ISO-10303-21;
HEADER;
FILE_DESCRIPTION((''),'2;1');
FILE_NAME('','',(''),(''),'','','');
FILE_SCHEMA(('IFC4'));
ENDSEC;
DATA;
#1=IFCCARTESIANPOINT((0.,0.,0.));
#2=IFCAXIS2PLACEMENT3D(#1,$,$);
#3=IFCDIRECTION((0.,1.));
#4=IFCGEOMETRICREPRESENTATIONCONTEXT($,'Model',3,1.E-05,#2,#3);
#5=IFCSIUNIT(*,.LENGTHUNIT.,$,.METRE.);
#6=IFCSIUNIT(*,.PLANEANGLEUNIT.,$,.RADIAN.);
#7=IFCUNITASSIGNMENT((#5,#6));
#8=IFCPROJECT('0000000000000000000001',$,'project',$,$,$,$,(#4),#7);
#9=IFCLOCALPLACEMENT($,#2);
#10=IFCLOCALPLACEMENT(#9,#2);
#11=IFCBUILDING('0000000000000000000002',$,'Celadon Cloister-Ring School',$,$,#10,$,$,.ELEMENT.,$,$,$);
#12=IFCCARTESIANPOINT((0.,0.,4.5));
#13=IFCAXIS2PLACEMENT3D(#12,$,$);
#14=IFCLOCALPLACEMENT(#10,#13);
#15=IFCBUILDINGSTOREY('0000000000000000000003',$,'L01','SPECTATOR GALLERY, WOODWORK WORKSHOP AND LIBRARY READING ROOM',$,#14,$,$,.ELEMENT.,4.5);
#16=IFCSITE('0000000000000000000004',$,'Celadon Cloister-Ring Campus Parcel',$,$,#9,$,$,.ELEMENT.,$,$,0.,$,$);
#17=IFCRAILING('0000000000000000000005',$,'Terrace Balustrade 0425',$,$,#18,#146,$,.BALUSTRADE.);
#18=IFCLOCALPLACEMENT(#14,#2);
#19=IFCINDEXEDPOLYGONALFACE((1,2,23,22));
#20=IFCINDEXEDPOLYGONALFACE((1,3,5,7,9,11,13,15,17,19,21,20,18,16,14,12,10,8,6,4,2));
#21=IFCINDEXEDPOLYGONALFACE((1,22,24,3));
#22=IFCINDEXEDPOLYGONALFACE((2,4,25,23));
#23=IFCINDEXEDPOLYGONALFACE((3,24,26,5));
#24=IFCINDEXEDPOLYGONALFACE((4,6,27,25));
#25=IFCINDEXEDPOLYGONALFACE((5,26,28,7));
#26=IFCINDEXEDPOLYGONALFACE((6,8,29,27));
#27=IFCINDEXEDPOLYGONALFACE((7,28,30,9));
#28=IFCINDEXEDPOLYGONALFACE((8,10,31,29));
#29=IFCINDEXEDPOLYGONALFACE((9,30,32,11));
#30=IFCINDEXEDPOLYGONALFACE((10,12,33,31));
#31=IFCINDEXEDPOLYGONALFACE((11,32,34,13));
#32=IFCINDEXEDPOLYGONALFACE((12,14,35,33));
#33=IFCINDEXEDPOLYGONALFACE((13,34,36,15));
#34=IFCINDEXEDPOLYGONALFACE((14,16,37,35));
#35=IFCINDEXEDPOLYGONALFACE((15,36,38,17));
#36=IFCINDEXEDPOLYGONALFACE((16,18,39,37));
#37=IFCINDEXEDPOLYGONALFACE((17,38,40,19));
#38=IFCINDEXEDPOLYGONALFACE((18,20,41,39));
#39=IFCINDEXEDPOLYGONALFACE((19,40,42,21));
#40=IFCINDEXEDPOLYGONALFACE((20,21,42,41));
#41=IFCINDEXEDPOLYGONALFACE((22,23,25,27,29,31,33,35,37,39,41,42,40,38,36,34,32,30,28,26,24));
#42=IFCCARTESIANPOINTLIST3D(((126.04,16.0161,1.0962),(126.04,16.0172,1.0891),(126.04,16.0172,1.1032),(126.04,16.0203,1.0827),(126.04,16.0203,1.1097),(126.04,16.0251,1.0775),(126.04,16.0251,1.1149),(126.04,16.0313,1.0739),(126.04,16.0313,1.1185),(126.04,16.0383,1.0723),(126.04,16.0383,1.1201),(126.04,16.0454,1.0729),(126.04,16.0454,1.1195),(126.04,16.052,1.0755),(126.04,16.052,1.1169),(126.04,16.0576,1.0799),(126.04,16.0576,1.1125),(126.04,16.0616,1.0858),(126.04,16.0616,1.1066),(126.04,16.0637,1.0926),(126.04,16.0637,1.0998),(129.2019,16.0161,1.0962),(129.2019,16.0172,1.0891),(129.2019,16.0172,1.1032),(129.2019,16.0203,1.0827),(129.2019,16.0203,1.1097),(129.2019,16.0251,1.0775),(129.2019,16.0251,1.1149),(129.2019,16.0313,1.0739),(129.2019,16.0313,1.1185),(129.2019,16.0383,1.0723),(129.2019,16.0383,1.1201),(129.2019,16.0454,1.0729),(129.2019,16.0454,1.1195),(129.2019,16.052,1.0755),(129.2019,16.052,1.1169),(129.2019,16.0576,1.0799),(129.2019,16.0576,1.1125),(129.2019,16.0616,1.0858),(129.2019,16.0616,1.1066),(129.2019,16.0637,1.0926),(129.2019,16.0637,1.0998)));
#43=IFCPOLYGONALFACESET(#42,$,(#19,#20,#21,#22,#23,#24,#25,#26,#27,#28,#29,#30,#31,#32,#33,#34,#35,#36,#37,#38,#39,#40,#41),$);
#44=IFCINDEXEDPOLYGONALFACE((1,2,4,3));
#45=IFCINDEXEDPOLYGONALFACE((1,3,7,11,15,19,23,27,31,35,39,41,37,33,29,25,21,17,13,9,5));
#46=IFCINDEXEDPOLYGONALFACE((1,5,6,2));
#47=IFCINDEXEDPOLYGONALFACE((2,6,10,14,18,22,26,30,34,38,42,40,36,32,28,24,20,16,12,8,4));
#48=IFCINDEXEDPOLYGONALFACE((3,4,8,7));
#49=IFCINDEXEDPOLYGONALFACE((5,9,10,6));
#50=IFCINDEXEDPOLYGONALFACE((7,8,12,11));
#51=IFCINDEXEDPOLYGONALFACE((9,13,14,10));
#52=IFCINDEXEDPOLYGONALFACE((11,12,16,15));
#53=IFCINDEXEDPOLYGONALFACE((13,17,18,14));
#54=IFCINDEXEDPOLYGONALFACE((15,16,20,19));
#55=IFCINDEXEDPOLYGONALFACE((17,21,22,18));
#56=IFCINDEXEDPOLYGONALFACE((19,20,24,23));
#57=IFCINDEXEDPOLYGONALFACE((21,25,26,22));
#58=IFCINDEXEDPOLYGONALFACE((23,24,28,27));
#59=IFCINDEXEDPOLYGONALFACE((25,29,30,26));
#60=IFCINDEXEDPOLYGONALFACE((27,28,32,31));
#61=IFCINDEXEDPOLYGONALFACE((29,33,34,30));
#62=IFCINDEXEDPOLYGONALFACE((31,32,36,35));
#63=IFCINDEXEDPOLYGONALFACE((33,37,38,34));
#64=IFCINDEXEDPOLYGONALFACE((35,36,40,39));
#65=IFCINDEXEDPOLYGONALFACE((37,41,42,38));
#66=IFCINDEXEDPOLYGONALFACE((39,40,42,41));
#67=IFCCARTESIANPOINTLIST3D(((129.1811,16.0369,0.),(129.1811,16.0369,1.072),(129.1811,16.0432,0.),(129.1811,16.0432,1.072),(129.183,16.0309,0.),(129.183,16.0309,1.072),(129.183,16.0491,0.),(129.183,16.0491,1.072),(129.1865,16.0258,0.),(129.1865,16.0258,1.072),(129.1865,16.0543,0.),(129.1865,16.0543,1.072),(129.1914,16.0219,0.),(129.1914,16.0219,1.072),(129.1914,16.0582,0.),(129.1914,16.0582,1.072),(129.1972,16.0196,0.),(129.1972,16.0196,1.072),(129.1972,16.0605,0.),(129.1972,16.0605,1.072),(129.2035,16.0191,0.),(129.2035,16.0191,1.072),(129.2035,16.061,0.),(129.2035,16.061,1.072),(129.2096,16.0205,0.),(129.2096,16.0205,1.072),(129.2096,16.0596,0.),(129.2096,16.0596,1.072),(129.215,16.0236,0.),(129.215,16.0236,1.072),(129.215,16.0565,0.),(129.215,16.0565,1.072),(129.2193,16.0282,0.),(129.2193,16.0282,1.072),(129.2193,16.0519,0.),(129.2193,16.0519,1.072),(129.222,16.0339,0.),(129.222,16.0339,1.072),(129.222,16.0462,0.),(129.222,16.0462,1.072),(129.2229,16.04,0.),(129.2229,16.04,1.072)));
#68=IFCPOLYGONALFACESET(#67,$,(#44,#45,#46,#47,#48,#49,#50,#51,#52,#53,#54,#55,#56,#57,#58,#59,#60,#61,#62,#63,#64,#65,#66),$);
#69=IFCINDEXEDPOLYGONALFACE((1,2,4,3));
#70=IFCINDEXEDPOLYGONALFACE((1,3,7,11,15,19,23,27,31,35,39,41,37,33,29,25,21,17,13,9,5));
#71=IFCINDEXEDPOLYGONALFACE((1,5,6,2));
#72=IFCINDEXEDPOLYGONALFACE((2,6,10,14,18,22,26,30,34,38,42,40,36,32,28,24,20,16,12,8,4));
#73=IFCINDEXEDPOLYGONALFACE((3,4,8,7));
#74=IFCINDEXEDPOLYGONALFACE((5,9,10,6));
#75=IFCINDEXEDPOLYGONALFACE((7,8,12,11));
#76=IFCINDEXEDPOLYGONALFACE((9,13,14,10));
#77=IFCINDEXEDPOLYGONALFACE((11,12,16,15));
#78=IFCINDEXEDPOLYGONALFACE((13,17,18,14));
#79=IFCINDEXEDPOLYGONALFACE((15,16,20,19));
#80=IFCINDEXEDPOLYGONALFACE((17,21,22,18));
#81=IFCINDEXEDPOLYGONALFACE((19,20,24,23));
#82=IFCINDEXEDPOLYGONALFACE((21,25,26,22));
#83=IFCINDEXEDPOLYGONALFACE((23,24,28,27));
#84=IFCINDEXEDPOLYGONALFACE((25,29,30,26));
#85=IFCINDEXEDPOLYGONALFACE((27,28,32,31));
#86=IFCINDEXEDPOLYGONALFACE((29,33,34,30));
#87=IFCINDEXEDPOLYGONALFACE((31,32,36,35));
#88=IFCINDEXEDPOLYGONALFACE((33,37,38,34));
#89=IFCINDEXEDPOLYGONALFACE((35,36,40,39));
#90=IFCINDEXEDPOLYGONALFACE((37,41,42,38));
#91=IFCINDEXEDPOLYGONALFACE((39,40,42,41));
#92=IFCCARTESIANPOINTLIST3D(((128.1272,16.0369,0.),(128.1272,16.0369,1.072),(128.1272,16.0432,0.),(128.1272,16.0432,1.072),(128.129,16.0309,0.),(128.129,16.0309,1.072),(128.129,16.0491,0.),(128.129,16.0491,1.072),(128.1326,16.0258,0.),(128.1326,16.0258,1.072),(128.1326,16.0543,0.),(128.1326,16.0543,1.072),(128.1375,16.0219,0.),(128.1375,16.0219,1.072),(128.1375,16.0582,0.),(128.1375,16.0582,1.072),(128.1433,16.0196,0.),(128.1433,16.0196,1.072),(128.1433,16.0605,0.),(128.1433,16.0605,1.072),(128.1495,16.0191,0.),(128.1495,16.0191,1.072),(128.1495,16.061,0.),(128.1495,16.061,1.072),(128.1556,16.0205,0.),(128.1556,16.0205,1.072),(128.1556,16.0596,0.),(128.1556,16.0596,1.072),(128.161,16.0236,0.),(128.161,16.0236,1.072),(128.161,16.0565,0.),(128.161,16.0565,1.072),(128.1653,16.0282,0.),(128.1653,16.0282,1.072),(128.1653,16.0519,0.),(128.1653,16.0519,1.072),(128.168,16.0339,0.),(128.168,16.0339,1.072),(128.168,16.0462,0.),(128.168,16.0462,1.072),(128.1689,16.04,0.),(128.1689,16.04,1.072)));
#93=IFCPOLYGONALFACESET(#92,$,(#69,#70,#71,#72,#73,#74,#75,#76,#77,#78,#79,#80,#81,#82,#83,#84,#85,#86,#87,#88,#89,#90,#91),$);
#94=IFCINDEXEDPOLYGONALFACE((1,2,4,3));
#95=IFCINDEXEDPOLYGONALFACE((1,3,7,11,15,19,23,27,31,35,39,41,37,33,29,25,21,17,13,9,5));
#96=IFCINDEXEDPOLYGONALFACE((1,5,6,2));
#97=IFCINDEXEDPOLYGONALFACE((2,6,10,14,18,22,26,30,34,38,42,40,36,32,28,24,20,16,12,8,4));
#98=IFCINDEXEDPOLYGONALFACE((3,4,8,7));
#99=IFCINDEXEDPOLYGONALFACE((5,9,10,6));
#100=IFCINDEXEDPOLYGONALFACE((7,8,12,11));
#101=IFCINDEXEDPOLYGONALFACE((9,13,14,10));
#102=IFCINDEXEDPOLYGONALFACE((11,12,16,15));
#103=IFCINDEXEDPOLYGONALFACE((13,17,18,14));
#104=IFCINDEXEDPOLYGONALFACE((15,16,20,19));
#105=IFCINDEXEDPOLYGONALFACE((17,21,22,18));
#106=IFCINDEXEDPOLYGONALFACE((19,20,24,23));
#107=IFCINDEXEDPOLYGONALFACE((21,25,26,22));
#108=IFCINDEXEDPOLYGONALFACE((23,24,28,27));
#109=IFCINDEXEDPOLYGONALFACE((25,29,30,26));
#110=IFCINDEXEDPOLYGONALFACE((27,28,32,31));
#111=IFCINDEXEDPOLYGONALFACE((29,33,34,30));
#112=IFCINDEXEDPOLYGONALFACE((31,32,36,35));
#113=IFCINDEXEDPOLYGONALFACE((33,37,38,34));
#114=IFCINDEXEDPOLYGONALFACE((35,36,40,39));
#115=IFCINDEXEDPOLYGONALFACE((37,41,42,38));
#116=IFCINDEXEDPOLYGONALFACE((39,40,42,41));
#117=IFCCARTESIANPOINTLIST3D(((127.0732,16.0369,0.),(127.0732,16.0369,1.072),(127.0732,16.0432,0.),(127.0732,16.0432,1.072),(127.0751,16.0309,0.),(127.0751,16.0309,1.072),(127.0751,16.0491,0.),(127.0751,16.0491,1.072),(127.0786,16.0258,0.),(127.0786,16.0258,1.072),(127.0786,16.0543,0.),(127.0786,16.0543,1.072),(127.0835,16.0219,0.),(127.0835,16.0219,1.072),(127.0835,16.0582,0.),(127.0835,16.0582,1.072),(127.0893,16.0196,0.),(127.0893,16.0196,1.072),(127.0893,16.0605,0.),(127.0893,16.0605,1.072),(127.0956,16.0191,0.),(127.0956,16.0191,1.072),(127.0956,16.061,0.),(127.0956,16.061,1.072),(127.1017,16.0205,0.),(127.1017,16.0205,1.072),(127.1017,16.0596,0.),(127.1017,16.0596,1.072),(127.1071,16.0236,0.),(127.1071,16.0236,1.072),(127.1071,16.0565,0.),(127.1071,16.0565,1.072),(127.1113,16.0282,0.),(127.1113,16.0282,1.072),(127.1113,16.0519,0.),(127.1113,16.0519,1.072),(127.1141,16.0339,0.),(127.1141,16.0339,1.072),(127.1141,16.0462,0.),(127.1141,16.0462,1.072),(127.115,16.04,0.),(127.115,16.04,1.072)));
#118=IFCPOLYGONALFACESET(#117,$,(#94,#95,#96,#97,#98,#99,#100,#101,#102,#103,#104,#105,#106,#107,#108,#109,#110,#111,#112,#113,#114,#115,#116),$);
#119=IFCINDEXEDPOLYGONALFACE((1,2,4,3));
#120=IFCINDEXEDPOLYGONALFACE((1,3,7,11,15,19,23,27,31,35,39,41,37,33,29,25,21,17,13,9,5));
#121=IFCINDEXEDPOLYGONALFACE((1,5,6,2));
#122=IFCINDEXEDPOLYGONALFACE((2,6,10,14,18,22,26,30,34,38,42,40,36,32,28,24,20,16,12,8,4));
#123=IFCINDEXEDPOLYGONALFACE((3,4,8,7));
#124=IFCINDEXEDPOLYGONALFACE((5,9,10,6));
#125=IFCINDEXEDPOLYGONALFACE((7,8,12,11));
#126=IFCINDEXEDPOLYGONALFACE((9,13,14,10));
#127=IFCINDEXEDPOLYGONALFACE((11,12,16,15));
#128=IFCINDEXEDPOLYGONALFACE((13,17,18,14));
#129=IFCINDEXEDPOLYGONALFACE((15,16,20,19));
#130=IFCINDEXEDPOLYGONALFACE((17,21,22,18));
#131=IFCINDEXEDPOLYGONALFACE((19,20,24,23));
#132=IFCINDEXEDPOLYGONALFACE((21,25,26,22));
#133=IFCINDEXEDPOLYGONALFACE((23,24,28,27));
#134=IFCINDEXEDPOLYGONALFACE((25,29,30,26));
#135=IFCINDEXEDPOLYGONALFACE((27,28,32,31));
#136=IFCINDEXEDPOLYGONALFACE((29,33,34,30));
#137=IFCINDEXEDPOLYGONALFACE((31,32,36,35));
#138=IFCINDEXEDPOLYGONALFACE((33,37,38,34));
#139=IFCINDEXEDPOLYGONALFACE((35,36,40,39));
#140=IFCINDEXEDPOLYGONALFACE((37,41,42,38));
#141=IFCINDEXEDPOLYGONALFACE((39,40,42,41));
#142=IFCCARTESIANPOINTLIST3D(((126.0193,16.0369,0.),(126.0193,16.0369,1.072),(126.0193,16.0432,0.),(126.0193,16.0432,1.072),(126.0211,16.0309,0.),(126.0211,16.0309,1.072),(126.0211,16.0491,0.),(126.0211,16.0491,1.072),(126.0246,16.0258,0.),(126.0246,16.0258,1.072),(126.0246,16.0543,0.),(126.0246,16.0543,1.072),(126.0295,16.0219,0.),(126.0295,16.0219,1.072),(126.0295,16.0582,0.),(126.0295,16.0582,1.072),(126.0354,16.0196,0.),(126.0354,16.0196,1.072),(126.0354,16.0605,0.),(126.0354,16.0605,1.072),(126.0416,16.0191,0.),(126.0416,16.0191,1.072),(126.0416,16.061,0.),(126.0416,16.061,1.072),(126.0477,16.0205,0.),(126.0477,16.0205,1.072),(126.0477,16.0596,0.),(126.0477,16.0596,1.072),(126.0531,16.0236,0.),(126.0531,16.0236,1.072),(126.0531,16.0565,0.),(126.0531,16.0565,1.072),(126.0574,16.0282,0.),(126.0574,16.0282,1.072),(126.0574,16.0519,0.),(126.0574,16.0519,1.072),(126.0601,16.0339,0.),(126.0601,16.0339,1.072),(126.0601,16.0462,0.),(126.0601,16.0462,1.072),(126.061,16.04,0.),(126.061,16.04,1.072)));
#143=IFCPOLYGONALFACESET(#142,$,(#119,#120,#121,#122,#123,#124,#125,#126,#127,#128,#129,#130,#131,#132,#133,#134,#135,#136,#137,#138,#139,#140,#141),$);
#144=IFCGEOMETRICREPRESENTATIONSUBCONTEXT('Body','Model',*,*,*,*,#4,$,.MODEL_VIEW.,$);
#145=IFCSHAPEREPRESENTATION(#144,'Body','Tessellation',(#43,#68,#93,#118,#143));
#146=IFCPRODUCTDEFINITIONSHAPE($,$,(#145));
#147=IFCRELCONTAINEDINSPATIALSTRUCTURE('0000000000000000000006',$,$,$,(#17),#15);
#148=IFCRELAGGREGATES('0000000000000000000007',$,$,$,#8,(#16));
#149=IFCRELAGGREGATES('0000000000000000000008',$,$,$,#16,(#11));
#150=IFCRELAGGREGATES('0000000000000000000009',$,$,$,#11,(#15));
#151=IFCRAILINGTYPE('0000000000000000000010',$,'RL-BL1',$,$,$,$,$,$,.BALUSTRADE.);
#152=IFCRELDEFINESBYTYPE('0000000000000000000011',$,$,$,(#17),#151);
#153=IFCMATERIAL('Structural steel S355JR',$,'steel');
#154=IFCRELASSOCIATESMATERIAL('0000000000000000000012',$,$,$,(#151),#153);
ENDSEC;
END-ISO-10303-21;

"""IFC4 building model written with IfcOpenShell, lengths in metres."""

from ifc_helpers import new_model, si_unit, direction, frame, origin, origin_2d, place, context, subcontext, project, spatial, circle, extrude, material, type_object, element, save


model = new_model("IFC4")

# Units and contexts
model_context = context("Model", 3, precision=1e-05, world=origin(), true_north=direction((0.0, 1.0)))
body_context = subcontext(model_context, "Body", "Model", "MODEL_VIEW")
ifc_project = project(units=[si_unit("LENGTHUNIT", "METRE"), si_unit("PLANEANGLEUNIT", "RADIAN")], contexts=[model_context])

# Site, building, storey
site_placement = place(None, origin())
site = spatial("IfcSite", under=ifc_project, at=site_placement, Name="Celadon Cloister-Ring Campus Parcel", CompositionType="ELEMENT", RefElevation=0.0)
building_placement = place(site_placement, origin())
building = spatial("IfcBuilding", under=site, at=building_placement, Name="Celadon Cloister-Ring School", CompositionType="ELEMENT")
storey_placement = place(building_placement, frame((0.0, 0.0, 4.5)))
storey = spatial("IfcBuildingStorey", under=building, at=storey_placement, Name="L01", Description="SPECTATOR GALLERY, WOODWORK WORKSHOP AND LIBRARY READING ROOM", CompositionType="ELEMENT", Elevation=4.5)

# Railing
ifc_material_1 = material(Name="Structural steel S355JR", Category="steel")
railing_type = type_object("IfcRailingType", Name="RL-BL1", PredefinedType="BALUSTRADE", material=ifc_material_1)
railing_1_placement = place(storey_placement, frame((129.2019, 16.04, 0.0)))
element("IfcRailing", 1, at=railing_1_placement, inside=storey, type_object=railing_type, Name="Terrace Balustrade 0425", PredefinedType="BALUSTRADE", context=body_context, shape_type="SweptSolid", body=[
    extrude(circle(Radius=0.0239, at=origin_2d()), frame((0.0, 0.0, 1.0962), z_axis=(-1.0, 0.0, 0.0), x_axis=(0.0, -1.0, 0.0)), (0.0, 0.0, 1.0), 3.1619),
    extrude(circle(Radius=0.021, at=origin_2d()), origin(), (0.0, 0.0, 1.0), 1.072),
    extrude(circle(Radius=0.021, at=origin_2d()), frame((-1.054, 0.0, 0.0)), (0.0, 0.0, 1.0), 1.072),
    extrude(circle(Radius=0.021, at=origin_2d()), frame((-2.1079, 0.0, 0.0)), (0.0, 0.0, 1.0), 1.072),
    extrude(circle(Radius=0.021, at=origin_2d()), frame((-3.1619, 0.0, 0.0)), (0.0, 0.0, 1.0), 1.072),
])

save(model, "model.ifc")
